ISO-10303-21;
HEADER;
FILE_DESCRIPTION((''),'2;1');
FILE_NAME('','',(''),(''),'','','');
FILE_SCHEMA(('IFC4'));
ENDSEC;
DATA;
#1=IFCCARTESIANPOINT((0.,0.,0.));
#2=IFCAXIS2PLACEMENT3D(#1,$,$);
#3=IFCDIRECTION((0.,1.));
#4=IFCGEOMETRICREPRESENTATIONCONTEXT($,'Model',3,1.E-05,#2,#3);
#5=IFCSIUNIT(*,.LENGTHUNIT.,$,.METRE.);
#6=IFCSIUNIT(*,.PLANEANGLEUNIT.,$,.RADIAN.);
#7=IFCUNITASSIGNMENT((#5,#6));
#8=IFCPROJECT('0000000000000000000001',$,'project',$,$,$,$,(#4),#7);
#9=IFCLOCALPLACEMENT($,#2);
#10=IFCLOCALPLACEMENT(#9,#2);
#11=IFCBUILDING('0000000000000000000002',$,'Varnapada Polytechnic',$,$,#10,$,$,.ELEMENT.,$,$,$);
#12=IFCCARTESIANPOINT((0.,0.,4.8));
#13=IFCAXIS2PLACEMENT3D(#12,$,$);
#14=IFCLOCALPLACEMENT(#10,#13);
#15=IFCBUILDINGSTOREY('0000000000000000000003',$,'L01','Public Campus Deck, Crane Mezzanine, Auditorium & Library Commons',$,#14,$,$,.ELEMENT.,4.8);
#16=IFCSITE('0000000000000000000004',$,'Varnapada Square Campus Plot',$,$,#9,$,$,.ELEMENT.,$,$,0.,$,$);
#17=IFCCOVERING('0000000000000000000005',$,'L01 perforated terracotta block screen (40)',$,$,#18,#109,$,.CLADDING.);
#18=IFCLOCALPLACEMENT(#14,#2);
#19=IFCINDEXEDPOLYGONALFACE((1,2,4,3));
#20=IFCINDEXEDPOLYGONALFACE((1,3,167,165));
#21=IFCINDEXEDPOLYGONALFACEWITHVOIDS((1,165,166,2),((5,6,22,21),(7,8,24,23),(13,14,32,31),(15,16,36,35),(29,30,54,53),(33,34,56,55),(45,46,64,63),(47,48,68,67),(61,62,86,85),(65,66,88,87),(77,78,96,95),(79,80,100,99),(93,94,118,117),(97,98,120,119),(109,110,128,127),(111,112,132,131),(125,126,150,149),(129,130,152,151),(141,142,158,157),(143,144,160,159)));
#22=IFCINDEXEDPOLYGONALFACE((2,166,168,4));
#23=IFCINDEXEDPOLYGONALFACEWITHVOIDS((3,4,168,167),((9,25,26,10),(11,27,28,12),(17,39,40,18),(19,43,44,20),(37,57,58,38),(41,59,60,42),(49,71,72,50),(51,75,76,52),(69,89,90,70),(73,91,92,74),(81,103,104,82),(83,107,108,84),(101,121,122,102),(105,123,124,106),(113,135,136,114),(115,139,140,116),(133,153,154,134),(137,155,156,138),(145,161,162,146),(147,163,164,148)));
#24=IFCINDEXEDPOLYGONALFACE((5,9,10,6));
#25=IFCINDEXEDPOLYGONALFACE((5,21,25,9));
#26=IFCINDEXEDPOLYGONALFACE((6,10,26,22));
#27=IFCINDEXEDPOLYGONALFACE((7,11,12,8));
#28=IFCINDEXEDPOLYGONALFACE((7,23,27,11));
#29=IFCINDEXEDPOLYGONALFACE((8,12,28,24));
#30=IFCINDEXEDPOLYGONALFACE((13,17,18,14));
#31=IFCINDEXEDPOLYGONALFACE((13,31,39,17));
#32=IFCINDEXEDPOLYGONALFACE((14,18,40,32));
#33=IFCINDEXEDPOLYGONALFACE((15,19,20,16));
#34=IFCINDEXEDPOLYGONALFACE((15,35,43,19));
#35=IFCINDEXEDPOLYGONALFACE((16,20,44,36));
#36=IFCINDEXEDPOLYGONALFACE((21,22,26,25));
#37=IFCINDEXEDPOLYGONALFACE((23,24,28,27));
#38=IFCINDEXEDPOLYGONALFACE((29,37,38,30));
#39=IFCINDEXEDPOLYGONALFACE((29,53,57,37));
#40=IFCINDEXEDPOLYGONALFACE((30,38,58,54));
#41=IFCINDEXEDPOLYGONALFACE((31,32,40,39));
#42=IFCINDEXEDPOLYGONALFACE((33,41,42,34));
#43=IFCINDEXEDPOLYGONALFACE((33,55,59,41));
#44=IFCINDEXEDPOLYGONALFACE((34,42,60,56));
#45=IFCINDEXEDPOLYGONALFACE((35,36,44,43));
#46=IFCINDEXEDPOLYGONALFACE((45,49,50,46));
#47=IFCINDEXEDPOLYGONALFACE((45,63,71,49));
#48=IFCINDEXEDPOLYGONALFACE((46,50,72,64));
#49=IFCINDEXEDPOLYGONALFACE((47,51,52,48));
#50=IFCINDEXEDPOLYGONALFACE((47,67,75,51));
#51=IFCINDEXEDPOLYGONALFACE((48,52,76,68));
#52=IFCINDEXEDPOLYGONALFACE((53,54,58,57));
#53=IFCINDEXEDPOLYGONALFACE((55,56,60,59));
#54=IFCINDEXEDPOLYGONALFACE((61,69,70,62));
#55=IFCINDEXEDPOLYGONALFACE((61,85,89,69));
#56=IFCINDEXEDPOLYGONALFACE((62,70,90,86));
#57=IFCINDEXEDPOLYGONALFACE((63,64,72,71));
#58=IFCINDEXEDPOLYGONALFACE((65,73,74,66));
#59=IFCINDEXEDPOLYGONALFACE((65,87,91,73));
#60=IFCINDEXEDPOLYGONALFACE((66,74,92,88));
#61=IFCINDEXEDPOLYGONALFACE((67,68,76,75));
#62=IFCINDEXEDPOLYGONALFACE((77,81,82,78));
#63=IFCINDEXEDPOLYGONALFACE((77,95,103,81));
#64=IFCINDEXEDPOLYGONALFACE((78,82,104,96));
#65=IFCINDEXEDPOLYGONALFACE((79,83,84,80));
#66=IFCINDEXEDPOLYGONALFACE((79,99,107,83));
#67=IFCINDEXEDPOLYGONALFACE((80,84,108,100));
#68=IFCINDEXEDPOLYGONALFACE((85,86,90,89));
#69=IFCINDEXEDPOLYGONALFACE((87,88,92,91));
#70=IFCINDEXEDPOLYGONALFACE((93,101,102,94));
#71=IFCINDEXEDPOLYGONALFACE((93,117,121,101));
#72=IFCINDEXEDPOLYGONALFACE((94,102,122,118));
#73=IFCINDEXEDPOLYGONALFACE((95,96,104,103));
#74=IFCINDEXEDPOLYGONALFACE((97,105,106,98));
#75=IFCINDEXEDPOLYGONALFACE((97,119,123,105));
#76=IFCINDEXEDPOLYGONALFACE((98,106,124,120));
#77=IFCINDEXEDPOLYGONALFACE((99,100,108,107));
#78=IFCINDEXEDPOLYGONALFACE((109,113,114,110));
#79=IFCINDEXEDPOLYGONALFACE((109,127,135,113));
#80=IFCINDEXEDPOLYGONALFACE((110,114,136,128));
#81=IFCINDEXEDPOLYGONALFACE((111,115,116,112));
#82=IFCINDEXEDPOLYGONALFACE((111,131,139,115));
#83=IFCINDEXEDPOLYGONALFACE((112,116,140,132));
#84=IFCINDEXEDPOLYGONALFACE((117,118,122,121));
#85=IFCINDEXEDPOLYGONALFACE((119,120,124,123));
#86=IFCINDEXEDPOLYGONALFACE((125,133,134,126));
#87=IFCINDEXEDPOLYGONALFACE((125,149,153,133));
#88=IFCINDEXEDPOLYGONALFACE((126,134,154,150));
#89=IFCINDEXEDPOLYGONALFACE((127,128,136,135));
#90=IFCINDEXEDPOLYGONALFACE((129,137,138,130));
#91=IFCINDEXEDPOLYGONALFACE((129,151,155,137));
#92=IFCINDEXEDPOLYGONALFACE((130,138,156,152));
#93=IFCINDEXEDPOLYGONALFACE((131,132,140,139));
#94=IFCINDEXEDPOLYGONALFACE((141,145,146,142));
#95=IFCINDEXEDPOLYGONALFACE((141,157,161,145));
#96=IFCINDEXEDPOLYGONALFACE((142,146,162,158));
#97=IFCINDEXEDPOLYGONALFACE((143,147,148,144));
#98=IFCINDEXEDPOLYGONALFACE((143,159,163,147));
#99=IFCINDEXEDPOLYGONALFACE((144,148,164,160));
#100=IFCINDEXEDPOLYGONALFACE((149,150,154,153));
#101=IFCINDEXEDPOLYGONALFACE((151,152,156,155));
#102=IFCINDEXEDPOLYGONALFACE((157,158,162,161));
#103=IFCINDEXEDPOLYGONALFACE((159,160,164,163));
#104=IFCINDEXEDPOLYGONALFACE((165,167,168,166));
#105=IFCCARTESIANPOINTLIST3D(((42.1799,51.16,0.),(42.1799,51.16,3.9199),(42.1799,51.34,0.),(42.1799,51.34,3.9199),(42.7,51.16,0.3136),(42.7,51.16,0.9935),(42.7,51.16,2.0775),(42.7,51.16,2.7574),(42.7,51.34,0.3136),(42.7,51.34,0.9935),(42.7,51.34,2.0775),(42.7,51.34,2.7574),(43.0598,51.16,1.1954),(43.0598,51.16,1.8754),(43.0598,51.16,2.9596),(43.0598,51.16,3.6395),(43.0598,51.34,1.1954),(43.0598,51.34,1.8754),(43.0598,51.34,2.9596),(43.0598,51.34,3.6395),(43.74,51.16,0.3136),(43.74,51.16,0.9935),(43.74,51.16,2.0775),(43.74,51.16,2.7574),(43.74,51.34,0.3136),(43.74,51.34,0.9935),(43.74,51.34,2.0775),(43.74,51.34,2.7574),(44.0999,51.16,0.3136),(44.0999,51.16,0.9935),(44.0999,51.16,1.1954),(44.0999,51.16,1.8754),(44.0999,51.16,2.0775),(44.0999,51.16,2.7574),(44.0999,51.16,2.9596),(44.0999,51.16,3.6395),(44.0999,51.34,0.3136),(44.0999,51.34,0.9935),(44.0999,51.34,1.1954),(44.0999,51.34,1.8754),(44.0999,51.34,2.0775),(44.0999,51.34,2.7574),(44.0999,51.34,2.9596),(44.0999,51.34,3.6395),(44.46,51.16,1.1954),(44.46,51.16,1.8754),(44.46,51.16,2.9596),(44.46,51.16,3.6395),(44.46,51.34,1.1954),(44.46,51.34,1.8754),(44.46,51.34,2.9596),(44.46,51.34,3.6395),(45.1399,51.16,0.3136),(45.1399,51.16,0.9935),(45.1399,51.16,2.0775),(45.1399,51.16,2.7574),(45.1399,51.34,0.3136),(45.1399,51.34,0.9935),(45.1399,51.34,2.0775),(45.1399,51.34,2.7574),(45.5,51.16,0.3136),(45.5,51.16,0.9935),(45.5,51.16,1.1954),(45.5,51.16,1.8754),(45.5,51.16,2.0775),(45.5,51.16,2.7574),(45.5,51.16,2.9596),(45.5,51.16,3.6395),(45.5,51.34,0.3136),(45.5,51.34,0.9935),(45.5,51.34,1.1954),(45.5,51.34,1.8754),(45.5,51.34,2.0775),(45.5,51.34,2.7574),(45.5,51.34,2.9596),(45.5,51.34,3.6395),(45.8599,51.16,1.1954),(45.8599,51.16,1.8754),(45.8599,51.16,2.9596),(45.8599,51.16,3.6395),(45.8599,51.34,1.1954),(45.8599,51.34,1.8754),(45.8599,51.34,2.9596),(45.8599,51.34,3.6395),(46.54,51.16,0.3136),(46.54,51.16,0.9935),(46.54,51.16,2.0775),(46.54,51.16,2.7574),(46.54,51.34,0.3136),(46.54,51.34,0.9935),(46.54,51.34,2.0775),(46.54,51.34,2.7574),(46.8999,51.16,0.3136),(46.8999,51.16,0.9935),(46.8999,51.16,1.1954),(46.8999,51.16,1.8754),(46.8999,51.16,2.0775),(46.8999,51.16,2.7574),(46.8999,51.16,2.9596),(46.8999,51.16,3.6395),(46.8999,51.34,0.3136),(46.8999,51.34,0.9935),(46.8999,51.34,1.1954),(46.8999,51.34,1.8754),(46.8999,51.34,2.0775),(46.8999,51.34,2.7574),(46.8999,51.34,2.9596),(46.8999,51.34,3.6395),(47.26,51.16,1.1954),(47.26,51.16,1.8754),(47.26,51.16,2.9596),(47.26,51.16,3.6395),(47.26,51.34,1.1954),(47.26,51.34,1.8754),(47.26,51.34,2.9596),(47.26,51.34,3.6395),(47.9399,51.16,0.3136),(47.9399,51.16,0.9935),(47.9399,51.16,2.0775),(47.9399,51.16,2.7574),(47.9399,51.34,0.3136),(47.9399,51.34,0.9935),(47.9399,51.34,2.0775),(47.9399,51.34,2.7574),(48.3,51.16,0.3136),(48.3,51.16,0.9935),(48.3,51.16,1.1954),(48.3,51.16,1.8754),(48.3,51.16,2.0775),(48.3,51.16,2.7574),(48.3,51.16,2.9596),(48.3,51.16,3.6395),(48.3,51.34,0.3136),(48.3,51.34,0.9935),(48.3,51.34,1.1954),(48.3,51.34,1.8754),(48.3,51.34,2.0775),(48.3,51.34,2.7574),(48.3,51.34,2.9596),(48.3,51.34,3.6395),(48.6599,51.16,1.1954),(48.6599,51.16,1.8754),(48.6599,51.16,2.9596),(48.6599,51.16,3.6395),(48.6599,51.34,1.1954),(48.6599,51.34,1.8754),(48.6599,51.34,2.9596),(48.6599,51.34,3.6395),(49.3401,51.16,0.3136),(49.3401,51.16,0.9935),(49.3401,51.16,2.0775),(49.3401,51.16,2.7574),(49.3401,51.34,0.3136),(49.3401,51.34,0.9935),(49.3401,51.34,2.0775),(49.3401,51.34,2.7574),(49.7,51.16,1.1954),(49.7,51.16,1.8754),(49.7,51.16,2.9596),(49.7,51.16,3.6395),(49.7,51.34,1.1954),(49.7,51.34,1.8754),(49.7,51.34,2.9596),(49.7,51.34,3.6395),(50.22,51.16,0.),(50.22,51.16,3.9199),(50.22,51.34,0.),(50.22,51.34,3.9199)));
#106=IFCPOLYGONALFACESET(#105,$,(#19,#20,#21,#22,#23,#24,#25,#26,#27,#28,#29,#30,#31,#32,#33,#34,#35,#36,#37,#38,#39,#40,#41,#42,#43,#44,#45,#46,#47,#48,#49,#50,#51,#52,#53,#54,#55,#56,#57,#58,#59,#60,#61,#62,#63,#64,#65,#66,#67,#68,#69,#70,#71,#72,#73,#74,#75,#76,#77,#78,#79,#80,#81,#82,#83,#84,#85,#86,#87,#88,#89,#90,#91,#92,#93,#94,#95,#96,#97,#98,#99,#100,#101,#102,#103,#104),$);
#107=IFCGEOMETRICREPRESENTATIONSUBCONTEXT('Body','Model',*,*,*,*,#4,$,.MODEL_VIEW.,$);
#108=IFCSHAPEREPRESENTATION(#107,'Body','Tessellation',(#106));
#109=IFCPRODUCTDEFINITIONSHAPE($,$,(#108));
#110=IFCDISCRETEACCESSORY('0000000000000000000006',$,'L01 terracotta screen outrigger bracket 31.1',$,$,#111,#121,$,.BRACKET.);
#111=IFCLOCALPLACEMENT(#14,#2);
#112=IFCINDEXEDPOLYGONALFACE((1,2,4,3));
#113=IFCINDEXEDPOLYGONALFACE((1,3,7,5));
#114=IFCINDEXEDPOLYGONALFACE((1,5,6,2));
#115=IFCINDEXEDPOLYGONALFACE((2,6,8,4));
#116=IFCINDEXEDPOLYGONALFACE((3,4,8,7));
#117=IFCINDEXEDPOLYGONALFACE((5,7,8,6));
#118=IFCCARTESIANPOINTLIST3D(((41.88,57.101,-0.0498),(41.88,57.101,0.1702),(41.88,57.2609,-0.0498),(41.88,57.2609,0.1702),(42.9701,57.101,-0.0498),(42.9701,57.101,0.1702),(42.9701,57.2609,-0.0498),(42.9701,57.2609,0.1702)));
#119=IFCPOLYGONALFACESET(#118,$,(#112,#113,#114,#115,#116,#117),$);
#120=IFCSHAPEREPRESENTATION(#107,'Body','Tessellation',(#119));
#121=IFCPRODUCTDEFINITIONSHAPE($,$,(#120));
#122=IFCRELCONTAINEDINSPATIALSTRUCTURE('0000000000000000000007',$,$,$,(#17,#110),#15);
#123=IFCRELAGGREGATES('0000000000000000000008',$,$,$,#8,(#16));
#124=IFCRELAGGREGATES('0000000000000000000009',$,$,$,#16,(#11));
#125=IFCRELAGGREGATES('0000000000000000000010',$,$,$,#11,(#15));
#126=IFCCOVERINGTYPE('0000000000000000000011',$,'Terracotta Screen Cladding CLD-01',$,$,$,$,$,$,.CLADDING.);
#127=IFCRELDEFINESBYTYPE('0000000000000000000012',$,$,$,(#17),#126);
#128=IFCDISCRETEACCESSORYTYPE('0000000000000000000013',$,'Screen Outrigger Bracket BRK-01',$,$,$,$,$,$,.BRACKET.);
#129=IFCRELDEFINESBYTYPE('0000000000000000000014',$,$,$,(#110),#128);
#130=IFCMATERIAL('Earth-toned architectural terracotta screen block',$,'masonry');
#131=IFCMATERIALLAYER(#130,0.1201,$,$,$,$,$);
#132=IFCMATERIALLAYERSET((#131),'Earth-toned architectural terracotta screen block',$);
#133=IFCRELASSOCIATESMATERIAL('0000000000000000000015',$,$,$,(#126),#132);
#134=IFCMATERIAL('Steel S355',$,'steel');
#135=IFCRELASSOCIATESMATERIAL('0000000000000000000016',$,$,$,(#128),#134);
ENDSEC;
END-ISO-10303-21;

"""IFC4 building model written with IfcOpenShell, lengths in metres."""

from ifc_helpers import new_model, si_unit, direction, frame, frame_2d, origin, origin_2d, place, context, subcontext, project, spatial, rectangle, extrude, material, layer, layer_set, type_object, element, save


model = new_model("IFC4")

# Units and contexts
model_context = context("Model", 3, precision=1e-05, world=origin(), true_north=direction((0.0, 1.0)))
body_context = subcontext(model_context, "Body", "Model", "MODEL_VIEW")
ifc_project = project(units=[si_unit("LENGTHUNIT", "METRE"), si_unit("PLANEANGLEUNIT", "RADIAN")], contexts=[model_context])

# Site, building, storey
site_placement = place(None, origin())
site = spatial("IfcSite", under=ifc_project, at=site_placement, Name="Varnapada Square Campus Plot", CompositionType="ELEMENT", RefElevation=0.0)
building_placement = place(site_placement, origin())
building = spatial("IfcBuilding", under=site, at=building_placement, Name="Varnapada Polytechnic", CompositionType="ELEMENT")
storey_placement = place(building_placement, frame((0.0, 0.0, 4.8)))
storey = spatial("IfcBuildingStorey", under=building, at=storey_placement, Name="L01", Description="Public Campus Deck, Crane Mezzanine, Auditorium & Library Commons", CompositionType="ELEMENT", Elevation=4.8)

# Covering, openings
ifc_material_1 = material(Name="Earth-toned architectural terracotta screen block", Category="masonry")
ifc_layer_1 = layer(ifc_material_1, 0.1201)
ifc_layer_set_1 = layer_set([ifc_layer_1], Name="Earth-toned architectural terracotta screen block")
covering_type = type_object("IfcCoveringType", Name="Terracotta Screen Cladding CLD-01", PredefinedType="CLADDING", material=ifc_layer_set_1)
covering_placement = place(storey_placement, frame((42.1799, 51.25, 0.0), z_axis=(0.0, 0.0, 1.0), x_axis=(1.0, 0.0, 0.0)))
covering = element("IfcCovering", 1, at=covering_placement, inside=storey, type_object=covering_type, Name="L01 perforated terracotta block screen (40)", PredefinedType="CLADDING", context=body_context, shape_type="SweptSolid", body=[
    extrude(rectangle(XDim=8.04, YDim=0.1799, at=frame_2d((4.02, 0.0))), origin(), (0.0, 0.0, 1.0), 3.9199),
])
opening_1_placement = place(covering_placement, frame((0.52, 0.0, 0.3137)))
element("IfcOpeningElement", 2, at=opening_1_placement, cuts=covering, PredefinedType="OPENING", context=body_context, shape_type="SweptSolid", body=[
    extrude(rectangle(XDim=1.04, YDim=0.6799, at=frame_2d((0.52, 0.3398))), frame((0.0, 0.0999, 0.0), z_axis=(0.0, -1.0, 0.0), x_axis=(1.0, 0.0, 0.0)), (0.0, 0.0, 1.0), 0.2),
])
opening_2_placement = place(covering_placement, frame((1.9199, 0.0, 0.3137)))
element("IfcOpeningElement", 3, at=opening_2_placement, cuts=covering, PredefinedType="OPENING", context=body_context, shape_type="SweptSolid", body=[
    extrude(rectangle(XDim=1.04, YDim=0.6799, at=frame_2d((0.52, 0.3398))), frame((0.0, 0.0999, 0.0), z_axis=(0.0, -1.0, 0.0), x_axis=(1.0, 0.0, 0.0)), (0.0, 0.0, 1.0), 0.2),
])
opening_3_placement = place(covering_placement, frame((3.3201, 0.0, 0.3137)))
element("IfcOpeningElement", 4, at=opening_3_placement, cuts=covering, PredefinedType="OPENING", context=body_context, shape_type="SweptSolid", body=[
    extrude(rectangle(XDim=1.04, YDim=0.6799, at=frame_2d((0.52, 0.3398))), frame((0.0, 0.0999, 0.0), z_axis=(0.0, -1.0, 0.0), x_axis=(1.0, 0.0, 0.0)), (0.0, 0.0, 1.0), 0.2),
])
opening_4_placement = place(covering_placement, frame((4.72, 0.0, 0.3137)))
element("IfcOpeningElement", 5, at=opening_4_placement, cuts=covering, PredefinedType="OPENING", context=body_context, shape_type="SweptSolid", body=[
    extrude(rectangle(XDim=1.04, YDim=0.6799, at=frame_2d((0.52, 0.3398))), frame((0.0, 0.0999, 0.0), z_axis=(0.0, -1.0, 0.0), x_axis=(1.0, 0.0, 0.0)), (0.0, 0.0, 1.0), 0.2),
])
opening_5_placement = place(covering_placement, frame((6.1201, 0.0, 0.3137)))
element("IfcOpeningElement", 6, at=opening_5_placement, cuts=covering, PredefinedType="OPENING", context=body_context, shape_type="SweptSolid", body=[
    extrude(rectangle(XDim=1.04, YDim=0.6799, at=frame_2d((0.52, 0.3398))), frame((0.0, 0.0999, 0.0), z_axis=(0.0, -1.0, 0.0), x_axis=(1.0, 0.0, 0.0)), (0.0, 0.0, 1.0), 0.2),
])
opening_6_placement = place(covering_placement, frame((0.8799, 0.0, 1.1956)))
element("IfcOpeningElement", 7, at=opening_6_placement, cuts=covering, PredefinedType="OPENING", context=body_context, shape_type="SweptSolid", body=[
    extrude(rectangle(XDim=1.04, YDim=0.6799, at=frame_2d((0.52, 0.3398))), frame((0.0, 0.0999, 0.0), z_axis=(0.0, -1.0, 0.0), x_axis=(1.0, 0.0, 0.0)), (0.0, 0.0, 1.0), 0.2),
])
opening_7_placement = place(covering_placement, frame((2.28, 0.0, 1.1956)))
element("IfcOpeningElement", 8, at=opening_7_placement, cuts=covering, PredefinedType="OPENING", context=body_context, shape_type="SweptSolid", body=[
    extrude(rectangle(XDim=1.04, YDim=0.6799, at=frame_2d((0.52, 0.3398))), frame((0.0, 0.0999, 0.0), z_axis=(0.0, -1.0, 0.0), x_axis=(1.0, 0.0, 0.0)), (0.0, 0.0, 1.0), 0.2),
])
opening_8_placement = place(covering_placement, frame((3.6799, 0.0, 1.1956)))
element("IfcOpeningElement", 9, at=opening_8_placement, cuts=covering, PredefinedType="OPENING", context=body_context, shape_type="SweptSolid", body=[
    extrude(rectangle(XDim=1.04, YDim=0.6799, at=frame_2d((0.52, 0.3398))), frame((0.0, 0.0999, 0.0), z_axis=(0.0, -1.0, 0.0), x_axis=(1.0, 0.0, 0.0)), (0.0, 0.0, 1.0), 0.2),
])
opening_9_placement = place(covering_placement, frame((5.0801, 0.0, 1.1956)))
element("IfcOpeningElement", 10, at=opening_9_placement, cuts=covering, PredefinedType="OPENING", context=body_context, shape_type="SweptSolid", body=[
    extrude(rectangle(XDim=1.04, YDim=0.6799, at=frame_2d((0.52, 0.3398))), frame((0.0, 0.0999, 0.0), z_axis=(0.0, -1.0, 0.0), x_axis=(1.0, 0.0, 0.0)), (0.0, 0.0, 1.0), 0.2),
])
opening_10_placement = place(covering_placement, frame((6.48, 0.0, 1.1956)))
element("IfcOpeningElement", 11, at=opening_10_placement, cuts=covering, PredefinedType="OPENING", context=body_context, shape_type="SweptSolid", body=[
    extrude(rectangle(XDim=1.04, YDim=0.6799, at=frame_2d((0.52, 0.3398))), frame((0.0, 0.0999, 0.0), z_axis=(0.0, -1.0, 0.0), x_axis=(1.0, 0.0, 0.0)), (0.0, 0.0, 1.0), 0.2),
])
opening_11_placement = place(covering_placement, frame((0.52, 0.0, 2.0776)))
element("IfcOpeningElement", 12, at=opening_11_placement, cuts=covering, PredefinedType="OPENING", context=body_context, shape_type="SweptSolid", body=[
    extrude(rectangle(XDim=1.04, YDim=0.6799, at=frame_2d((0.52, 0.3398))), frame((0.0, 0.0999, 0.0), z_axis=(0.0, -1.0, 0.0), x_axis=(1.0, 0.0, 0.0)), (0.0, 0.0, 1.0), 0.2),
])
opening_12_placement = place(covering_placement, frame((1.9199, 0.0, 2.0776)))
element("IfcOpeningElement", 13, at=opening_12_placement, cuts=covering, PredefinedType="OPENING", context=body_context, shape_type="SweptSolid", body=[
    extrude(rectangle(XDim=1.04, YDim=0.6799, at=frame_2d((0.52, 0.3398))), frame((0.0, 0.0999, 0.0), z_axis=(0.0, -1.0, 0.0), x_axis=(1.0, 0.0, 0.0)), (0.0, 0.0, 1.0), 0.2),
])
opening_13_placement = place(covering_placement, frame((3.3201, 0.0, 2.0776)))
element("IfcOpeningElement", 14, at=opening_13_placement, cuts=covering, PredefinedType="OPENING", context=body_context, shape_type="SweptSolid", body=[
    extrude(rectangle(XDim=1.04, YDim=0.6799, at=frame_2d((0.52, 0.3398))), frame((0.0, 0.0999, 0.0), z_axis=(0.0, -1.0, 0.0), x_axis=(1.0, 0.0, 0.0)), (0.0, 0.0, 1.0), 0.2),
])
opening_14_placement = place(covering_placement, frame((4.72, 0.0, 2.0776)))
element("IfcOpeningElement", 15, at=opening_14_placement, cuts=covering, PredefinedType="OPENING", context=body_context, shape_type="SweptSolid", body=[
    extrude(rectangle(XDim=1.04, YDim=0.6799, at=frame_2d((0.52, 0.3398))), frame((0.0, 0.0999, 0.0), z_axis=(0.0, -1.0, 0.0), x_axis=(1.0, 0.0, 0.0)), (0.0, 0.0, 1.0), 0.2),
])
opening_15_placement = place(covering_placement, frame((6.1201, 0.0, 2.0776)))
element("IfcOpeningElement", 16, at=opening_15_placement, cuts=covering, PredefinedType="OPENING", context=body_context, shape_type="SweptSolid", body=[
    extrude(rectangle(XDim=1.04, YDim=0.6799, at=frame_2d((0.52, 0.3398))), frame((0.0, 0.0999, 0.0), z_axis=(0.0, -1.0, 0.0), x_axis=(1.0, 0.0, 0.0)), (0.0, 0.0, 1.0), 0.2),
])
opening_16_placement = place(covering_placement, frame((0.8799, 0.0, 2.9597)))
element("IfcOpeningElement", 17, at=opening_16_placement, cuts=covering, PredefinedType="OPENING", context=body_context, shape_type="SweptSolid", body=[
    extrude(rectangle(XDim=1.04, YDim=0.6799, at=frame_2d((0.52, 0.3398))), frame((0.0, 0.0999, 0.0), z_axis=(0.0, -1.0, 0.0), x_axis=(1.0, 0.0, 0.0)), (0.0, 0.0, 1.0), 0.2),
])
opening_17_placement = place(covering_placement, frame((2.28, 0.0, 2.9597)))
element("IfcOpeningElement", 18, at=opening_17_placement, cuts=covering, PredefinedType="OPENING", context=body_context, shape_type="SweptSolid", body=[
    extrude(rectangle(XDim=1.04, YDim=0.6799, at=frame_2d((0.52, 0.3398))), frame((0.0, 0.0999, 0.0), z_axis=(0.0, -1.0, 0.0), x_axis=(1.0, 0.0, 0.0)), (0.0, 0.0, 1.0), 0.2),
])
opening_18_placement = place(covering_placement, frame((3.6799, 0.0, 2.9597)))
element("IfcOpeningElement", 19, at=opening_18_placement, cuts=covering, PredefinedType="OPENING", context=body_context, shape_type="SweptSolid", body=[
    extrude(rectangle(XDim=1.04, YDim=0.6799, at=frame_2d((0.52, 0.3398))), frame((0.0, 0.0999, 0.0), z_axis=(0.0, -1.0, 0.0), x_axis=(1.0, 0.0, 0.0)), (0.0, 0.0, 1.0), 0.2),
])
opening_19_placement = place(covering_placement, frame((5.0801, 0.0, 2.9597)))
element("IfcOpeningElement", 20, at=opening_19_placement, cuts=covering, PredefinedType="OPENING", context=body_context, shape_type="SweptSolid", body=[
    extrude(rectangle(XDim=1.04, YDim=0.6799, at=frame_2d((0.52, 0.3398))), frame((0.0, 0.0999, 0.0), z_axis=(0.0, -1.0, 0.0), x_axis=(1.0, 0.0, 0.0)), (0.0, 0.0, 1.0), 0.2),
])
opening_20_placement = place(covering_placement, frame((6.48, 0.0, 2.9597)))
element("IfcOpeningElement", 21, at=opening_20_placement, cuts=covering, PredefinedType="OPENING", context=body_context, shape_type="SweptSolid", body=[
    extrude(rectangle(XDim=1.04, YDim=0.6799, at=frame_2d((0.52, 0.3398))), frame((0.0, 0.0999, 0.0), z_axis=(0.0, -1.0, 0.0), x_axis=(1.0, 0.0, 0.0)), (0.0, 0.0, 1.0), 0.2),
])

# Discrete accessory
ifc_material_2 = material(Name="Steel S355", Category="steel")
discrete_accessory_type = type_object("IfcDiscreteAccessoryType", Name="Screen Outrigger Bracket BRK-01", PredefinedType="BRACKET", material=ifc_material_2)
for number, where, z_axis, x_axis, name in (
    (22, (42.425, 57.1809, -0.0498), (0.0, 0.0, 1.0), (0.0, -1.0, 0.0), "L01 terracotta screen outrigger bracket 31.1"),
):
    element("IfcDiscreteAccessory", number, at=place(storey_placement, frame(where, z_axis=z_axis, x_axis=x_axis)), inside=storey, type_object=discrete_accessory_type, Name=name, PredefinedType="BRACKET", context=body_context, shape_type="SweptSolid", body=[
        extrude(rectangle(XDim=0.1599, YDim=1.0901, at=origin_2d()), origin(), (0.0, 0.0, 1.0), 0.22),
    ])

save(model, "model.ifc")
